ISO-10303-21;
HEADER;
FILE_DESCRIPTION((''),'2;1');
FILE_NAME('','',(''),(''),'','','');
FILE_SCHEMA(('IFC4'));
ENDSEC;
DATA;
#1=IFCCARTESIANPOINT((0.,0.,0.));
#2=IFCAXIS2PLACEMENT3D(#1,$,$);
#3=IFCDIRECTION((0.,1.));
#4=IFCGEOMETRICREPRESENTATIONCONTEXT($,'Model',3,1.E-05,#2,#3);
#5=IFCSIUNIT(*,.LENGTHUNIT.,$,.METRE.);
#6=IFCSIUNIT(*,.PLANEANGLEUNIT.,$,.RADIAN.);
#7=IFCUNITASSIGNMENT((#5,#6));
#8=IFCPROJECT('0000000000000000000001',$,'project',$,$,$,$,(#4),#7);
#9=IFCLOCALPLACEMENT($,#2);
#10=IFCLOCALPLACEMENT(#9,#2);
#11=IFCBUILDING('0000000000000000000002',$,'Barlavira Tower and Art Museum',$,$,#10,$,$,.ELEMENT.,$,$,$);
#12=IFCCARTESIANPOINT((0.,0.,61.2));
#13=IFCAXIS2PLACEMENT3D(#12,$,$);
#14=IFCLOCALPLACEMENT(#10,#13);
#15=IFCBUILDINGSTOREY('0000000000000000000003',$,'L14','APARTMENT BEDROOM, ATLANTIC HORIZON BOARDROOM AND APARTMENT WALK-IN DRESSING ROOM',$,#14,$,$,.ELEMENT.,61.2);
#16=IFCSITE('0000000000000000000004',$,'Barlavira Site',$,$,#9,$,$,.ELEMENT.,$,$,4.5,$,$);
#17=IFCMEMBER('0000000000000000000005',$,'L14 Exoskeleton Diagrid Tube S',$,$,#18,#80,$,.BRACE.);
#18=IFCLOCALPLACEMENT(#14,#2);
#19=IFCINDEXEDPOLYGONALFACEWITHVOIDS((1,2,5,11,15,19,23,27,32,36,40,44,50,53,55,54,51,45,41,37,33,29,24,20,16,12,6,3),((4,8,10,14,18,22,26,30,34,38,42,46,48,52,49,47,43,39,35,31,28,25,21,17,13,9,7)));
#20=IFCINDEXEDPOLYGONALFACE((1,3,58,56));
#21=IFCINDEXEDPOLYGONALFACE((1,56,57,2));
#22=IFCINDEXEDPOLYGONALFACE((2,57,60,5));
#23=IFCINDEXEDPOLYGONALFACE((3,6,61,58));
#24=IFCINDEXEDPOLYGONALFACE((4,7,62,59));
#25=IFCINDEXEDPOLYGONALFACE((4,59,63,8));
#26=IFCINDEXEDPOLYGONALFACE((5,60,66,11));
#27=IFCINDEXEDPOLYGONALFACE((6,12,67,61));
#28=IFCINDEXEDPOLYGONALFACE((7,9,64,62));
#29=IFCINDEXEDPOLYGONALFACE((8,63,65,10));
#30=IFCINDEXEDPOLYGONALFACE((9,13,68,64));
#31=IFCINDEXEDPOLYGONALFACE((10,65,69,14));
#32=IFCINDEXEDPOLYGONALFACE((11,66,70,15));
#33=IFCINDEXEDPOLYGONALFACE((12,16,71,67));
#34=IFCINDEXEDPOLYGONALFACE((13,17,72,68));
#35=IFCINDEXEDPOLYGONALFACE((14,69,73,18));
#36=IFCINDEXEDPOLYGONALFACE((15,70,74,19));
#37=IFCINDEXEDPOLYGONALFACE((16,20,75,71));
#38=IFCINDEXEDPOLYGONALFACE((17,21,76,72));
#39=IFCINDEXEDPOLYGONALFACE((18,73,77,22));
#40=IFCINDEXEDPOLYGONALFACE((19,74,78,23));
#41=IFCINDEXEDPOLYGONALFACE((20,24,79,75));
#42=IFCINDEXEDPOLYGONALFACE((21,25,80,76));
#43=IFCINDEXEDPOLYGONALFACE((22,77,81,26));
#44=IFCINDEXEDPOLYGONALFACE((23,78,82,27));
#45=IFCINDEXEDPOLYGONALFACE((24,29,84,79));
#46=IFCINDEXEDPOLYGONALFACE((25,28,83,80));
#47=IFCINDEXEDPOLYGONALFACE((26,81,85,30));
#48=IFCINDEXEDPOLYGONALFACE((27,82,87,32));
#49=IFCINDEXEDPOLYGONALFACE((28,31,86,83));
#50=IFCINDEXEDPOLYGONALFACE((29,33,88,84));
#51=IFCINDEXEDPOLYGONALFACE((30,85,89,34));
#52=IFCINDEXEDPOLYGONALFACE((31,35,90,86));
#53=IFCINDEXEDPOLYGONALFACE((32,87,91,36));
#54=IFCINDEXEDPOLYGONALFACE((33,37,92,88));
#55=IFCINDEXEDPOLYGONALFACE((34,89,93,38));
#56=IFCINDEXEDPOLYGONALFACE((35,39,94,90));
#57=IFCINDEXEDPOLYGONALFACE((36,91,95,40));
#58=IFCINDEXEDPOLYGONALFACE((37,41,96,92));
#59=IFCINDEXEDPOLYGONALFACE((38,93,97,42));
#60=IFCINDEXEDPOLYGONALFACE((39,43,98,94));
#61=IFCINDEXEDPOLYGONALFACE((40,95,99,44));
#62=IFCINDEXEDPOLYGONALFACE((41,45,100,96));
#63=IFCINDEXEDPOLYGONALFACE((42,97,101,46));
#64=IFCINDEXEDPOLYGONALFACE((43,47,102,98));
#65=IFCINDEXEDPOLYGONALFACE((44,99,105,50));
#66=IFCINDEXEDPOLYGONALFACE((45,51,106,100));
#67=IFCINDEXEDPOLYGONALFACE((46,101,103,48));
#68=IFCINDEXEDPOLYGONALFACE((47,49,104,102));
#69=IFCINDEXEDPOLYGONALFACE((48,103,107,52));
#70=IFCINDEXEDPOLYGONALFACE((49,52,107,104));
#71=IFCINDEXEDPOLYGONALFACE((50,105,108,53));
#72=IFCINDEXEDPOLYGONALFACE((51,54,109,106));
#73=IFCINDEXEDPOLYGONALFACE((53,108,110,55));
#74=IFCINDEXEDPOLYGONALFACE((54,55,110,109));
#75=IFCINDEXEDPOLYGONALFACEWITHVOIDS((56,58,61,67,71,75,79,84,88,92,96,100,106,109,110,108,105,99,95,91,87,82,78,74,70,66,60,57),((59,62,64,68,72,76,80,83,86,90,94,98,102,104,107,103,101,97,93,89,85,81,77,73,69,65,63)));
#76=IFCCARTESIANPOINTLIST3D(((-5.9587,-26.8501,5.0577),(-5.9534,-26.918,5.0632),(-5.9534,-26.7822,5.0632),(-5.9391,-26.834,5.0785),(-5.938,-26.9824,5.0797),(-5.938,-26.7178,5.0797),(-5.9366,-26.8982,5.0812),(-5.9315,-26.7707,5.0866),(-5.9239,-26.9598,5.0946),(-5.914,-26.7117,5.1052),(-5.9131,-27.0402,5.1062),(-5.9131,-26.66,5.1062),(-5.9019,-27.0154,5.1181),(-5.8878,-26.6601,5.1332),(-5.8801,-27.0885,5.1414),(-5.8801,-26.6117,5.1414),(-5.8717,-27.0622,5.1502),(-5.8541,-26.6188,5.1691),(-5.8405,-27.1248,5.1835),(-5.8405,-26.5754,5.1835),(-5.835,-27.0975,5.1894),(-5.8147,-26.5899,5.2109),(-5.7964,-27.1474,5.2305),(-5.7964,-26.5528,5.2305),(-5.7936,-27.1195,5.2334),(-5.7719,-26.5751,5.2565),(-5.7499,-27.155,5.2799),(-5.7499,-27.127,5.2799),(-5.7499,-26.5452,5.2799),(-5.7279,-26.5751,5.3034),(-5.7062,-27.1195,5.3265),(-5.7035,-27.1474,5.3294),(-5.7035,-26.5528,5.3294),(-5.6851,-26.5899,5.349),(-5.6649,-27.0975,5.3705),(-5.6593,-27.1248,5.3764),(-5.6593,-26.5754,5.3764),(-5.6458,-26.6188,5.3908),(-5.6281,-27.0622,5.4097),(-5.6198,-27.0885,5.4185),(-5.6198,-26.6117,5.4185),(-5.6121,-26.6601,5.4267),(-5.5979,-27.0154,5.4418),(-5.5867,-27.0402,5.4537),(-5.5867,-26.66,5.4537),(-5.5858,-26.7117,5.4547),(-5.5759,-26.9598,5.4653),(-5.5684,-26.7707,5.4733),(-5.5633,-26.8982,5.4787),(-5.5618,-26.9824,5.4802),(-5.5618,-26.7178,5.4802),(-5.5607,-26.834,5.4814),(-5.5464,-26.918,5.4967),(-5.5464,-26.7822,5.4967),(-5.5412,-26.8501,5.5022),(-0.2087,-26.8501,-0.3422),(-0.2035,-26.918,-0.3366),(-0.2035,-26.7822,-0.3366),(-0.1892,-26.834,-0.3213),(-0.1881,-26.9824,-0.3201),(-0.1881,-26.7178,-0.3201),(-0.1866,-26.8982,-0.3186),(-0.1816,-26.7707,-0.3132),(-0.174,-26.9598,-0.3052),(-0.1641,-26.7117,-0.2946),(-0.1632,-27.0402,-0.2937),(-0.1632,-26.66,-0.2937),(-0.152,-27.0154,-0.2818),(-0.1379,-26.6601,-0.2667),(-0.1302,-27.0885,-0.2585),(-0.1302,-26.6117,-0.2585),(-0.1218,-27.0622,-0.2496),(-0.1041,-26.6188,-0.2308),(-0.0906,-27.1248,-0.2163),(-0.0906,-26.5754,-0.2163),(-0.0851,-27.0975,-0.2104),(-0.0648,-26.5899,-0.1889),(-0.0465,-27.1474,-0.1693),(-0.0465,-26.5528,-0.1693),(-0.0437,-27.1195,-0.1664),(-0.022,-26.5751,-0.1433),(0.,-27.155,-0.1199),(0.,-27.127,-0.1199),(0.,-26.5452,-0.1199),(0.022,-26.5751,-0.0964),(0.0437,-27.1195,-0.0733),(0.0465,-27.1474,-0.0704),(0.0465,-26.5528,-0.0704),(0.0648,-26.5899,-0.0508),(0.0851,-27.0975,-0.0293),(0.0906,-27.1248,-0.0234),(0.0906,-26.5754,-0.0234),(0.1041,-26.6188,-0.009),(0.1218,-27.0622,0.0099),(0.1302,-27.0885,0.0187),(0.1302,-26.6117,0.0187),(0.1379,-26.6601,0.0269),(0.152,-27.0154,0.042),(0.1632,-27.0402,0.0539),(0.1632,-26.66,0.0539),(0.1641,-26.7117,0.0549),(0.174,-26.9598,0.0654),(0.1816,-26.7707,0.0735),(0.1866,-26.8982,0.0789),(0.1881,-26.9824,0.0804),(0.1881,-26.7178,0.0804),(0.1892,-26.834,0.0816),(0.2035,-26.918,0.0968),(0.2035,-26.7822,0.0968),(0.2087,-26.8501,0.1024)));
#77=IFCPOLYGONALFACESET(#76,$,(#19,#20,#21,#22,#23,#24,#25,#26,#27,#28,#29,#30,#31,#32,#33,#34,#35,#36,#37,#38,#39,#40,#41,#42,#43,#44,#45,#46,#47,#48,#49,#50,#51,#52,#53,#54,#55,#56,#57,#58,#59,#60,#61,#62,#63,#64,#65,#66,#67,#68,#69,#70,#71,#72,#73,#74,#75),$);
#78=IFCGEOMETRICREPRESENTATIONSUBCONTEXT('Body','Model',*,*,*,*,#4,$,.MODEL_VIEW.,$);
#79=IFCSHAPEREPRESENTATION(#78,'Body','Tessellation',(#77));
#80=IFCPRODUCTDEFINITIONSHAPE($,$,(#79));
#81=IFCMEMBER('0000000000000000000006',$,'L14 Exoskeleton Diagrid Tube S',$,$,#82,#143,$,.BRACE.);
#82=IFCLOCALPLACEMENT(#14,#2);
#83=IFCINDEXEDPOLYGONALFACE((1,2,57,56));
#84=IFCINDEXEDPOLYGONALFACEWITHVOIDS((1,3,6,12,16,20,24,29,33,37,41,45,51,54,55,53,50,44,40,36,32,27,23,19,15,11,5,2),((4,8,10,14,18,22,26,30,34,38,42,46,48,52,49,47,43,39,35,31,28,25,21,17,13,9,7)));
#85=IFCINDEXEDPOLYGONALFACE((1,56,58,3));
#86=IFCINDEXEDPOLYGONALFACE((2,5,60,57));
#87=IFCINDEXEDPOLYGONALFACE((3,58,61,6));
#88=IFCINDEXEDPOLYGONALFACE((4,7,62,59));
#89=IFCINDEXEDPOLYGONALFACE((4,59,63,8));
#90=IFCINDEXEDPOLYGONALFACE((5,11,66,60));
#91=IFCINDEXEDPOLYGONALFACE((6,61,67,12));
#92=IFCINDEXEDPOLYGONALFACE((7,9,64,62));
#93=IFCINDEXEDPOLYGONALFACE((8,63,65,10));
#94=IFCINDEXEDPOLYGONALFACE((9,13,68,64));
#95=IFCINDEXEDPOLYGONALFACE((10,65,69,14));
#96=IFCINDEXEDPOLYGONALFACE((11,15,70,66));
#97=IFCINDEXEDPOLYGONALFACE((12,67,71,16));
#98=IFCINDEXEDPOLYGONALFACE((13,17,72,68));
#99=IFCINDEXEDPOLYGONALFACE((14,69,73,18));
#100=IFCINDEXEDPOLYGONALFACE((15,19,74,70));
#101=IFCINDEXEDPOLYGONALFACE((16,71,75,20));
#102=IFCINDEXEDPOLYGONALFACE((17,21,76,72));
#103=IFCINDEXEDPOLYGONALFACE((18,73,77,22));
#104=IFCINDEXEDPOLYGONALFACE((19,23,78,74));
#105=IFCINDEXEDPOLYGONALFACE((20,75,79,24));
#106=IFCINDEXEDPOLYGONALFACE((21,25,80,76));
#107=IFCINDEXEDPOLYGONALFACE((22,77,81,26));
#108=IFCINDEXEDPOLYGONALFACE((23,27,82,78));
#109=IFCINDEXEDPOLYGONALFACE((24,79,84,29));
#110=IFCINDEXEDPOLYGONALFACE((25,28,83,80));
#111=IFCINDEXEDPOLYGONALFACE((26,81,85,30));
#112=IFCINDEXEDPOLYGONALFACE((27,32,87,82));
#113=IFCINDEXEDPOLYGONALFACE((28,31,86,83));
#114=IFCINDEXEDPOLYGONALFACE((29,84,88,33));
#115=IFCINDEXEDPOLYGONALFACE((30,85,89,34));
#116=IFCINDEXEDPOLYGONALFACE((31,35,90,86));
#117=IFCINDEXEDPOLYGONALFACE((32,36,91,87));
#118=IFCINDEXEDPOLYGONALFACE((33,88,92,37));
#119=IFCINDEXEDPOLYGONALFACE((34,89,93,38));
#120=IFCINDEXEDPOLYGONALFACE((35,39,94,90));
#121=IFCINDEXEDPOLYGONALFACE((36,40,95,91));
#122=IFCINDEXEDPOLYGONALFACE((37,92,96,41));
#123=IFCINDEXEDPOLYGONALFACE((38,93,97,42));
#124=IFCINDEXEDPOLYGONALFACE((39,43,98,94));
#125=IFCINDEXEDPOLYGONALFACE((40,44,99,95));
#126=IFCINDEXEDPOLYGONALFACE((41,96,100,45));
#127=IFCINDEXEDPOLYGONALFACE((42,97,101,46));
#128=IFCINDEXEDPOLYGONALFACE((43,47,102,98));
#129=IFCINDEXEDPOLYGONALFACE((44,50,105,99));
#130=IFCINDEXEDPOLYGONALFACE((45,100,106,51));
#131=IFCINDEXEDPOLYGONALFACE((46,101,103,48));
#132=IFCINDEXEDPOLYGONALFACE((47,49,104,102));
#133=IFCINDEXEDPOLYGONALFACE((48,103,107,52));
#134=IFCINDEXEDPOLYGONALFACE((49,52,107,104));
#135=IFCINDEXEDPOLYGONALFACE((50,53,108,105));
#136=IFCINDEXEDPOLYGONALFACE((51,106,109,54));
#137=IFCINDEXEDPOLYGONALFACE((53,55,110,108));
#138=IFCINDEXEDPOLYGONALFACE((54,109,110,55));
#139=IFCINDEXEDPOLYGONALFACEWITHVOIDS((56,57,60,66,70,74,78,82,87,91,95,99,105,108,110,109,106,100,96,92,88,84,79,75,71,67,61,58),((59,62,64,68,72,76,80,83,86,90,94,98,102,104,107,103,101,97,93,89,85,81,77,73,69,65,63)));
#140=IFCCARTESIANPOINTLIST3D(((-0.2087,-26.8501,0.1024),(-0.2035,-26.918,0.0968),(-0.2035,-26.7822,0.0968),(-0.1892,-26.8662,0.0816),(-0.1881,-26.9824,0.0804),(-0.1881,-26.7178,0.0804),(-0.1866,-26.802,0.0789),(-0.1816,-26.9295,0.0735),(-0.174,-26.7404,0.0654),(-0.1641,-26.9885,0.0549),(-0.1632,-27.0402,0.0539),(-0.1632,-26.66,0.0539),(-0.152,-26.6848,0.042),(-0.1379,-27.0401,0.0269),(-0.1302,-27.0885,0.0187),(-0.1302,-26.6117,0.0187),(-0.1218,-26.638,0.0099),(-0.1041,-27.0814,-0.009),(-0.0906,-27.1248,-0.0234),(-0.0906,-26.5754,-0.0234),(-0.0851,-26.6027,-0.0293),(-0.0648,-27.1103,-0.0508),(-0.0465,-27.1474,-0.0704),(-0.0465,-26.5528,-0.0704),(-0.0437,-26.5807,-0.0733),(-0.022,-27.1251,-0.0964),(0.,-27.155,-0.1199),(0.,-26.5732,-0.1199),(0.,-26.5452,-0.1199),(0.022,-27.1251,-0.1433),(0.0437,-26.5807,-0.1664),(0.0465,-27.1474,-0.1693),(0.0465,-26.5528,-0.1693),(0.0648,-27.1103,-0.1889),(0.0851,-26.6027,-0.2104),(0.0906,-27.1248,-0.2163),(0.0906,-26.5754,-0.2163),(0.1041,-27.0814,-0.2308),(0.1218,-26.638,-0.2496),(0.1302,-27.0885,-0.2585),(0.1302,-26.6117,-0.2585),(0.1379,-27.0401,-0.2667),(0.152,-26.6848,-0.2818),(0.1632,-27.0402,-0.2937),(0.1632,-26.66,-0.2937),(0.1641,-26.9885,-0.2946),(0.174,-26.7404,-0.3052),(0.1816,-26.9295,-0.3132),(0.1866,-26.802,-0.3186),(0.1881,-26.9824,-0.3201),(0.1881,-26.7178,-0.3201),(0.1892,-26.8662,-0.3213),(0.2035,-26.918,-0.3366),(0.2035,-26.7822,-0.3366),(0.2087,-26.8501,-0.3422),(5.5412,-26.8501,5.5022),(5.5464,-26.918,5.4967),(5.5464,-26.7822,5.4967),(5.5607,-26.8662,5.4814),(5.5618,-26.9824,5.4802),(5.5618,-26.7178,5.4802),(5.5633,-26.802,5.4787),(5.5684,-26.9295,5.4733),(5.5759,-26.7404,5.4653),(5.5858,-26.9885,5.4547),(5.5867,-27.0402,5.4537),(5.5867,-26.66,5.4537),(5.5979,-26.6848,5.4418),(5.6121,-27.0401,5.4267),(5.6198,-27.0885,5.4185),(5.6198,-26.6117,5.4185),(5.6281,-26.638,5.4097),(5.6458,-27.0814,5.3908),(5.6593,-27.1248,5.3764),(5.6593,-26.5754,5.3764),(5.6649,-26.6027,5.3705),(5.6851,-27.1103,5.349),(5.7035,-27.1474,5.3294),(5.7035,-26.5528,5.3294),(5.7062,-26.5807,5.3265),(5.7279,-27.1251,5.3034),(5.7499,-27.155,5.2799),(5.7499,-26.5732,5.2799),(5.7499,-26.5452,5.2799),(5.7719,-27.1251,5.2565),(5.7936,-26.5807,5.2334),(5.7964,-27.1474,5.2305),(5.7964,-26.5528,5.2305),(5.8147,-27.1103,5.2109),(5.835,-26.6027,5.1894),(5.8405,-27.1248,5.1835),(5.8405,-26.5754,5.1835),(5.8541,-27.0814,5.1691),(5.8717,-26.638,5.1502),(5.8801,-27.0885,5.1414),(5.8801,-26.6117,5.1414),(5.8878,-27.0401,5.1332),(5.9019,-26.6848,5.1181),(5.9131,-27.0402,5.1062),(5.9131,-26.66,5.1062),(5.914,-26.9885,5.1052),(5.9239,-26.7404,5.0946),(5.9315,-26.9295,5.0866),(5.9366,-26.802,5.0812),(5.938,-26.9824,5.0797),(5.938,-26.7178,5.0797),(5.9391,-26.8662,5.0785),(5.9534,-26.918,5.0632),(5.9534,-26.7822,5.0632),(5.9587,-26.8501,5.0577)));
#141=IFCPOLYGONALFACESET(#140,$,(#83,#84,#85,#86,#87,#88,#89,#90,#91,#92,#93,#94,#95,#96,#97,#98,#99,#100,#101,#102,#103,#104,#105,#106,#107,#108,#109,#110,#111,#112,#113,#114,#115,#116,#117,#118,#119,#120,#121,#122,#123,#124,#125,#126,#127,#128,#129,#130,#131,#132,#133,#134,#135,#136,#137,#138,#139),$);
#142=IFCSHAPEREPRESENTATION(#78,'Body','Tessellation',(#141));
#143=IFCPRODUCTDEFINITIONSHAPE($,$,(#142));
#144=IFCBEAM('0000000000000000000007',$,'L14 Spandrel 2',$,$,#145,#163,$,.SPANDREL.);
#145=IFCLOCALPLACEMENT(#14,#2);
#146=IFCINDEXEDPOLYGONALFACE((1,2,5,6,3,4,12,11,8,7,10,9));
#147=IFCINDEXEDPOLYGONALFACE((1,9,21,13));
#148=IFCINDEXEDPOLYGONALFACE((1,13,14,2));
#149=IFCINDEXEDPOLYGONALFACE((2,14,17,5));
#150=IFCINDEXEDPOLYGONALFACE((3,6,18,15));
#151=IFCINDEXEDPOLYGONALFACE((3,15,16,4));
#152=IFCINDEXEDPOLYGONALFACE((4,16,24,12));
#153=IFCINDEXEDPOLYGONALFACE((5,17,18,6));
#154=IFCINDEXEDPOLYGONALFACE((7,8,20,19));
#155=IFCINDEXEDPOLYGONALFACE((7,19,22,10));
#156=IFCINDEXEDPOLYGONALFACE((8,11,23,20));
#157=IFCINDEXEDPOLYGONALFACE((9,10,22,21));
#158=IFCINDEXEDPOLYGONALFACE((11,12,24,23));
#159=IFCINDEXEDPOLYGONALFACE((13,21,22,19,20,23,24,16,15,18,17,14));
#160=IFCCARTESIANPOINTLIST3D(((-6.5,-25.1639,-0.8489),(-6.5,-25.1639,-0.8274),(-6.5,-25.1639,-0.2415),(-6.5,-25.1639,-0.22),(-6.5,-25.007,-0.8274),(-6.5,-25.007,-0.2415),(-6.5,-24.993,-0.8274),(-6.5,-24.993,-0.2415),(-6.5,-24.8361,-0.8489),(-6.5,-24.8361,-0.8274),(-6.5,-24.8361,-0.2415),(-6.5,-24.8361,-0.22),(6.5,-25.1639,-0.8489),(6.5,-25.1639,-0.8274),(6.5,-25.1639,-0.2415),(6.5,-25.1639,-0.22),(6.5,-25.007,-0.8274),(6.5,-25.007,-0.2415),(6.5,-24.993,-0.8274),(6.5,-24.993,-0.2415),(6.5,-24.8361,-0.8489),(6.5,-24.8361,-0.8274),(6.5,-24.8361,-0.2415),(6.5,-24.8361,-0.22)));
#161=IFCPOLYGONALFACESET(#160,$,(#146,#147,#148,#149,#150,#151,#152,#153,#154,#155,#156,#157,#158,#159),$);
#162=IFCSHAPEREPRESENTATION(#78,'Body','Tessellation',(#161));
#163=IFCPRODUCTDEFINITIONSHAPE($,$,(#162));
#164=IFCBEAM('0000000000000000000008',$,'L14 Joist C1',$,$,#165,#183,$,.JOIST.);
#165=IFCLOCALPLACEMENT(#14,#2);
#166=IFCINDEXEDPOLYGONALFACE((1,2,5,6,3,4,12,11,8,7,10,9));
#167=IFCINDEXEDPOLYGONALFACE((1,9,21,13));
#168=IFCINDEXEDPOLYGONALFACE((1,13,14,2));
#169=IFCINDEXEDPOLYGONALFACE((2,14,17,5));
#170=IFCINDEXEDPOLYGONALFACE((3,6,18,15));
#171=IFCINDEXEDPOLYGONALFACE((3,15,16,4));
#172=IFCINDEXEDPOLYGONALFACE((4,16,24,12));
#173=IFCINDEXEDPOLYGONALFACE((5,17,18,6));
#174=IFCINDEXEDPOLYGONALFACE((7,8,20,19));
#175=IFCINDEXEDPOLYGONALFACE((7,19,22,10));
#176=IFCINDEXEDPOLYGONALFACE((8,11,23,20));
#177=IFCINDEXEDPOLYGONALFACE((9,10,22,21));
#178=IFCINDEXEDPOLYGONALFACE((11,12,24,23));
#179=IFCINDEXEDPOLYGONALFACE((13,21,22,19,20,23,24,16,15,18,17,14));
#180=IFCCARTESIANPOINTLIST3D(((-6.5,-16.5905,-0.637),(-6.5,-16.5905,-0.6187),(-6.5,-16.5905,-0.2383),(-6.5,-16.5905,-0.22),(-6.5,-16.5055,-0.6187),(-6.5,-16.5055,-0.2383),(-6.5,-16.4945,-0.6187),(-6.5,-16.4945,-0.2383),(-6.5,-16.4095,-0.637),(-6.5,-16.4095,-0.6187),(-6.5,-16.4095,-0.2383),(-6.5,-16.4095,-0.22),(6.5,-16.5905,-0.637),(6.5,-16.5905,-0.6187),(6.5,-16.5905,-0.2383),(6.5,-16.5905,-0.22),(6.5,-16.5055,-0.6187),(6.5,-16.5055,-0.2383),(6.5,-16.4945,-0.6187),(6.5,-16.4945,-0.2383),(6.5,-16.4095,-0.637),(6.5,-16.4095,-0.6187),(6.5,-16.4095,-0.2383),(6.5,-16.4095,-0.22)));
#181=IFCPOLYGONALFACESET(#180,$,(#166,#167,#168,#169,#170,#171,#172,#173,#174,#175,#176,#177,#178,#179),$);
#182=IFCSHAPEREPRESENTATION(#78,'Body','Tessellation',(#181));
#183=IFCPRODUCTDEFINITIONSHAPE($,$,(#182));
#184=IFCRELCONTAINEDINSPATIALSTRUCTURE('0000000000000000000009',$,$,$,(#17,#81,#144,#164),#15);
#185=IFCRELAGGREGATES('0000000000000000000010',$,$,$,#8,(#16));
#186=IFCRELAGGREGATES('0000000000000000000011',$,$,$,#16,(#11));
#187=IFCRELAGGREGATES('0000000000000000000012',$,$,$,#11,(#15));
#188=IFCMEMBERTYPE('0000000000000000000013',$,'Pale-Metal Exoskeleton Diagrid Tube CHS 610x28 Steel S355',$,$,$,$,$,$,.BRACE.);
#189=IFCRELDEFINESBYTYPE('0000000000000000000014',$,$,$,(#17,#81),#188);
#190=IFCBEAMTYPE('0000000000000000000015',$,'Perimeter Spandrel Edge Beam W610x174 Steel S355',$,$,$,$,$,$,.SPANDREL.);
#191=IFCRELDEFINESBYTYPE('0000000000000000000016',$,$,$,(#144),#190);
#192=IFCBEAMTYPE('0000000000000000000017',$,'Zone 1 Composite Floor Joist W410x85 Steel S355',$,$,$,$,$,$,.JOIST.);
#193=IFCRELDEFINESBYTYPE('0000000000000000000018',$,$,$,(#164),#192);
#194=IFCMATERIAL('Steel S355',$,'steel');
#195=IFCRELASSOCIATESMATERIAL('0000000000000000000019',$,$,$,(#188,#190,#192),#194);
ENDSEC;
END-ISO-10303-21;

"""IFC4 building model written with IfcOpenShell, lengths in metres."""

from ifc_helpers import new_model, si_unit, direction, frame, origin, origin_2d, place, context, subcontext, project, spatial, hollow_circle, i_section, extrude, material, material_profile, profile_set, type_object, element, save


model = new_model("IFC4")

# Units and contexts
model_context = context("Model", 3, precision=1e-05, world=origin(), true_north=direction((0.0, 1.0)))
body_context = subcontext(model_context, "Body", "Model", "MODEL_VIEW")
ifc_project = project(units=[si_unit("LENGTHUNIT", "METRE"), si_unit("PLANEANGLEUNIT", "RADIAN")], contexts=[model_context])

# Site, building, storey
site_placement = place(None, origin())
site = spatial("IfcSite", under=ifc_project, at=site_placement, Name="Barlavira Site", CompositionType="ELEMENT", RefElevation=4.5)
building_placement = place(site_placement, origin())
building = spatial("IfcBuilding", under=site, at=building_placement, Name="Barlavira Tower and Art Museum", CompositionType="ELEMENT")
storey_placement = place(building_placement, frame((0.0, 0.0, 61.2)))
storey = spatial("IfcBuildingStorey", under=building, at=storey_placement, Name="L14", Description="APARTMENT BEDROOM, ATLANTIC HORIZON BOARDROOM AND APARTMENT WALK-IN DRESSING ROOM", CompositionType="ELEMENT", Elevation=61.2)

# Members
ifc_material_1 = material(Name="Steel S355", Category="steel")
ifc_material_profile_1 = material_profile(ifc_material_1, hollow_circle(Radius=0.3049, WallThickness=0.0281, at=origin_2d()), Name="CHS 610.0x28.0")
ifc_profile_set_1 = profile_set([ifc_material_profile_1], Name="Steel S355")
member_type_1 = type_object("IfcMemberType", Name="Pale-Metal Exoskeleton Diagrid Tube CHS 610x28 Steel S355", PredefinedType="BRACE", material=ifc_profile_set_1)
for number, where, z_axis, x_axis, name in (
    (1, (0.0, -26.8501, -0.1199), (-0.72895, 0.0, 0.684567), (0.0, -1.0, 0.0), "L14 Exoskeleton Diagrid Tube S"),
    (2, (0.0, -26.8501, -0.1199), (0.72895, 0.0, 0.684567), (0.0, 1.0, 0.0), "L14 Exoskeleton Diagrid Tube S"),
):
    element("IfcMember", number, at=place(storey_placement, frame(where, z_axis=z_axis, x_axis=x_axis)), inside=storey, type_object=member_type_1, Name=name, PredefinedType="BRACE", context=body_context, shape_type="SweptSolid", body=[
        extrude(hollow_circle(Radius=0.3049, WallThickness=0.0281, at=origin_2d()), origin(), (0.0, 0.0, 1.0), 7.8879),
    ])

# Beams
ifc_material_profile_2 = material_profile(ifc_material_1, i_section(OverallWidth=0.3279, OverallDepth=0.6289, WebThickness=0.0139, FlangeThickness=0.0215, at=origin_2d()), Name="W610x174.0")
ifc_profile_set_2 = profile_set([ifc_material_profile_2], Name="Steel S355")
beam_type_1 = type_object("IfcBeamType", Name="Perimeter Spandrel Edge Beam W610x174 Steel S355", PredefinedType="SPANDREL", material=ifc_profile_set_2)
beam_1_placement = place(storey_placement, frame((-6.5, -25.0, -0.5344), z_axis=(1.0, 0.0, 0.0), x_axis=(0.0, 1.0, 0.0)))
element("IfcBeam", 3, at=beam_1_placement, inside=storey, type_object=beam_type_1, Name="L14 Spandrel 2", PredefinedType="SPANDREL", context=body_context, shape_type="SweptSolid", body=[
    extrude(i_section(OverallWidth=0.3279, OverallDepth=0.6289, WebThickness=0.0139, FlangeThickness=0.0215, at=origin_2d()), origin(), (0.0, 0.0, 1.0), 13.0),
])
ifc_material_profile_3 = material_profile(ifc_material_1, i_section(OverallWidth=0.1809, OverallDepth=0.417, WebThickness=0.011, FlangeThickness=0.0183, at=origin_2d()), Name="W410x85.0")
ifc_profile_set_3 = profile_set([ifc_material_profile_3], Name="Steel S355")
beam_type_2 = type_object("IfcBeamType", Name="Zone 1 Composite Floor Joist W410x85 Steel S355", PredefinedType="JOIST", material=ifc_profile_set_3)
beam_2_placement = place(storey_placement, frame((-6.5, -16.5, -0.4285), z_axis=(1.0, 0.0, 0.0), x_axis=(0.0, 1.0, 0.0)))
element("IfcBeam", 4, at=beam_2_placement, inside=storey, type_object=beam_type_2, Name="L14 Joist C1", PredefinedType="JOIST", context=body_context, shape_type="SweptSolid", body=[
    extrude(i_section(OverallWidth=0.1809, OverallDepth=0.417, WebThickness=0.011, FlangeThickness=0.0183, at=origin_2d()), origin(), (0.0, 0.0, 1.0), 13.0),
])

save(model, "model.ifc")
